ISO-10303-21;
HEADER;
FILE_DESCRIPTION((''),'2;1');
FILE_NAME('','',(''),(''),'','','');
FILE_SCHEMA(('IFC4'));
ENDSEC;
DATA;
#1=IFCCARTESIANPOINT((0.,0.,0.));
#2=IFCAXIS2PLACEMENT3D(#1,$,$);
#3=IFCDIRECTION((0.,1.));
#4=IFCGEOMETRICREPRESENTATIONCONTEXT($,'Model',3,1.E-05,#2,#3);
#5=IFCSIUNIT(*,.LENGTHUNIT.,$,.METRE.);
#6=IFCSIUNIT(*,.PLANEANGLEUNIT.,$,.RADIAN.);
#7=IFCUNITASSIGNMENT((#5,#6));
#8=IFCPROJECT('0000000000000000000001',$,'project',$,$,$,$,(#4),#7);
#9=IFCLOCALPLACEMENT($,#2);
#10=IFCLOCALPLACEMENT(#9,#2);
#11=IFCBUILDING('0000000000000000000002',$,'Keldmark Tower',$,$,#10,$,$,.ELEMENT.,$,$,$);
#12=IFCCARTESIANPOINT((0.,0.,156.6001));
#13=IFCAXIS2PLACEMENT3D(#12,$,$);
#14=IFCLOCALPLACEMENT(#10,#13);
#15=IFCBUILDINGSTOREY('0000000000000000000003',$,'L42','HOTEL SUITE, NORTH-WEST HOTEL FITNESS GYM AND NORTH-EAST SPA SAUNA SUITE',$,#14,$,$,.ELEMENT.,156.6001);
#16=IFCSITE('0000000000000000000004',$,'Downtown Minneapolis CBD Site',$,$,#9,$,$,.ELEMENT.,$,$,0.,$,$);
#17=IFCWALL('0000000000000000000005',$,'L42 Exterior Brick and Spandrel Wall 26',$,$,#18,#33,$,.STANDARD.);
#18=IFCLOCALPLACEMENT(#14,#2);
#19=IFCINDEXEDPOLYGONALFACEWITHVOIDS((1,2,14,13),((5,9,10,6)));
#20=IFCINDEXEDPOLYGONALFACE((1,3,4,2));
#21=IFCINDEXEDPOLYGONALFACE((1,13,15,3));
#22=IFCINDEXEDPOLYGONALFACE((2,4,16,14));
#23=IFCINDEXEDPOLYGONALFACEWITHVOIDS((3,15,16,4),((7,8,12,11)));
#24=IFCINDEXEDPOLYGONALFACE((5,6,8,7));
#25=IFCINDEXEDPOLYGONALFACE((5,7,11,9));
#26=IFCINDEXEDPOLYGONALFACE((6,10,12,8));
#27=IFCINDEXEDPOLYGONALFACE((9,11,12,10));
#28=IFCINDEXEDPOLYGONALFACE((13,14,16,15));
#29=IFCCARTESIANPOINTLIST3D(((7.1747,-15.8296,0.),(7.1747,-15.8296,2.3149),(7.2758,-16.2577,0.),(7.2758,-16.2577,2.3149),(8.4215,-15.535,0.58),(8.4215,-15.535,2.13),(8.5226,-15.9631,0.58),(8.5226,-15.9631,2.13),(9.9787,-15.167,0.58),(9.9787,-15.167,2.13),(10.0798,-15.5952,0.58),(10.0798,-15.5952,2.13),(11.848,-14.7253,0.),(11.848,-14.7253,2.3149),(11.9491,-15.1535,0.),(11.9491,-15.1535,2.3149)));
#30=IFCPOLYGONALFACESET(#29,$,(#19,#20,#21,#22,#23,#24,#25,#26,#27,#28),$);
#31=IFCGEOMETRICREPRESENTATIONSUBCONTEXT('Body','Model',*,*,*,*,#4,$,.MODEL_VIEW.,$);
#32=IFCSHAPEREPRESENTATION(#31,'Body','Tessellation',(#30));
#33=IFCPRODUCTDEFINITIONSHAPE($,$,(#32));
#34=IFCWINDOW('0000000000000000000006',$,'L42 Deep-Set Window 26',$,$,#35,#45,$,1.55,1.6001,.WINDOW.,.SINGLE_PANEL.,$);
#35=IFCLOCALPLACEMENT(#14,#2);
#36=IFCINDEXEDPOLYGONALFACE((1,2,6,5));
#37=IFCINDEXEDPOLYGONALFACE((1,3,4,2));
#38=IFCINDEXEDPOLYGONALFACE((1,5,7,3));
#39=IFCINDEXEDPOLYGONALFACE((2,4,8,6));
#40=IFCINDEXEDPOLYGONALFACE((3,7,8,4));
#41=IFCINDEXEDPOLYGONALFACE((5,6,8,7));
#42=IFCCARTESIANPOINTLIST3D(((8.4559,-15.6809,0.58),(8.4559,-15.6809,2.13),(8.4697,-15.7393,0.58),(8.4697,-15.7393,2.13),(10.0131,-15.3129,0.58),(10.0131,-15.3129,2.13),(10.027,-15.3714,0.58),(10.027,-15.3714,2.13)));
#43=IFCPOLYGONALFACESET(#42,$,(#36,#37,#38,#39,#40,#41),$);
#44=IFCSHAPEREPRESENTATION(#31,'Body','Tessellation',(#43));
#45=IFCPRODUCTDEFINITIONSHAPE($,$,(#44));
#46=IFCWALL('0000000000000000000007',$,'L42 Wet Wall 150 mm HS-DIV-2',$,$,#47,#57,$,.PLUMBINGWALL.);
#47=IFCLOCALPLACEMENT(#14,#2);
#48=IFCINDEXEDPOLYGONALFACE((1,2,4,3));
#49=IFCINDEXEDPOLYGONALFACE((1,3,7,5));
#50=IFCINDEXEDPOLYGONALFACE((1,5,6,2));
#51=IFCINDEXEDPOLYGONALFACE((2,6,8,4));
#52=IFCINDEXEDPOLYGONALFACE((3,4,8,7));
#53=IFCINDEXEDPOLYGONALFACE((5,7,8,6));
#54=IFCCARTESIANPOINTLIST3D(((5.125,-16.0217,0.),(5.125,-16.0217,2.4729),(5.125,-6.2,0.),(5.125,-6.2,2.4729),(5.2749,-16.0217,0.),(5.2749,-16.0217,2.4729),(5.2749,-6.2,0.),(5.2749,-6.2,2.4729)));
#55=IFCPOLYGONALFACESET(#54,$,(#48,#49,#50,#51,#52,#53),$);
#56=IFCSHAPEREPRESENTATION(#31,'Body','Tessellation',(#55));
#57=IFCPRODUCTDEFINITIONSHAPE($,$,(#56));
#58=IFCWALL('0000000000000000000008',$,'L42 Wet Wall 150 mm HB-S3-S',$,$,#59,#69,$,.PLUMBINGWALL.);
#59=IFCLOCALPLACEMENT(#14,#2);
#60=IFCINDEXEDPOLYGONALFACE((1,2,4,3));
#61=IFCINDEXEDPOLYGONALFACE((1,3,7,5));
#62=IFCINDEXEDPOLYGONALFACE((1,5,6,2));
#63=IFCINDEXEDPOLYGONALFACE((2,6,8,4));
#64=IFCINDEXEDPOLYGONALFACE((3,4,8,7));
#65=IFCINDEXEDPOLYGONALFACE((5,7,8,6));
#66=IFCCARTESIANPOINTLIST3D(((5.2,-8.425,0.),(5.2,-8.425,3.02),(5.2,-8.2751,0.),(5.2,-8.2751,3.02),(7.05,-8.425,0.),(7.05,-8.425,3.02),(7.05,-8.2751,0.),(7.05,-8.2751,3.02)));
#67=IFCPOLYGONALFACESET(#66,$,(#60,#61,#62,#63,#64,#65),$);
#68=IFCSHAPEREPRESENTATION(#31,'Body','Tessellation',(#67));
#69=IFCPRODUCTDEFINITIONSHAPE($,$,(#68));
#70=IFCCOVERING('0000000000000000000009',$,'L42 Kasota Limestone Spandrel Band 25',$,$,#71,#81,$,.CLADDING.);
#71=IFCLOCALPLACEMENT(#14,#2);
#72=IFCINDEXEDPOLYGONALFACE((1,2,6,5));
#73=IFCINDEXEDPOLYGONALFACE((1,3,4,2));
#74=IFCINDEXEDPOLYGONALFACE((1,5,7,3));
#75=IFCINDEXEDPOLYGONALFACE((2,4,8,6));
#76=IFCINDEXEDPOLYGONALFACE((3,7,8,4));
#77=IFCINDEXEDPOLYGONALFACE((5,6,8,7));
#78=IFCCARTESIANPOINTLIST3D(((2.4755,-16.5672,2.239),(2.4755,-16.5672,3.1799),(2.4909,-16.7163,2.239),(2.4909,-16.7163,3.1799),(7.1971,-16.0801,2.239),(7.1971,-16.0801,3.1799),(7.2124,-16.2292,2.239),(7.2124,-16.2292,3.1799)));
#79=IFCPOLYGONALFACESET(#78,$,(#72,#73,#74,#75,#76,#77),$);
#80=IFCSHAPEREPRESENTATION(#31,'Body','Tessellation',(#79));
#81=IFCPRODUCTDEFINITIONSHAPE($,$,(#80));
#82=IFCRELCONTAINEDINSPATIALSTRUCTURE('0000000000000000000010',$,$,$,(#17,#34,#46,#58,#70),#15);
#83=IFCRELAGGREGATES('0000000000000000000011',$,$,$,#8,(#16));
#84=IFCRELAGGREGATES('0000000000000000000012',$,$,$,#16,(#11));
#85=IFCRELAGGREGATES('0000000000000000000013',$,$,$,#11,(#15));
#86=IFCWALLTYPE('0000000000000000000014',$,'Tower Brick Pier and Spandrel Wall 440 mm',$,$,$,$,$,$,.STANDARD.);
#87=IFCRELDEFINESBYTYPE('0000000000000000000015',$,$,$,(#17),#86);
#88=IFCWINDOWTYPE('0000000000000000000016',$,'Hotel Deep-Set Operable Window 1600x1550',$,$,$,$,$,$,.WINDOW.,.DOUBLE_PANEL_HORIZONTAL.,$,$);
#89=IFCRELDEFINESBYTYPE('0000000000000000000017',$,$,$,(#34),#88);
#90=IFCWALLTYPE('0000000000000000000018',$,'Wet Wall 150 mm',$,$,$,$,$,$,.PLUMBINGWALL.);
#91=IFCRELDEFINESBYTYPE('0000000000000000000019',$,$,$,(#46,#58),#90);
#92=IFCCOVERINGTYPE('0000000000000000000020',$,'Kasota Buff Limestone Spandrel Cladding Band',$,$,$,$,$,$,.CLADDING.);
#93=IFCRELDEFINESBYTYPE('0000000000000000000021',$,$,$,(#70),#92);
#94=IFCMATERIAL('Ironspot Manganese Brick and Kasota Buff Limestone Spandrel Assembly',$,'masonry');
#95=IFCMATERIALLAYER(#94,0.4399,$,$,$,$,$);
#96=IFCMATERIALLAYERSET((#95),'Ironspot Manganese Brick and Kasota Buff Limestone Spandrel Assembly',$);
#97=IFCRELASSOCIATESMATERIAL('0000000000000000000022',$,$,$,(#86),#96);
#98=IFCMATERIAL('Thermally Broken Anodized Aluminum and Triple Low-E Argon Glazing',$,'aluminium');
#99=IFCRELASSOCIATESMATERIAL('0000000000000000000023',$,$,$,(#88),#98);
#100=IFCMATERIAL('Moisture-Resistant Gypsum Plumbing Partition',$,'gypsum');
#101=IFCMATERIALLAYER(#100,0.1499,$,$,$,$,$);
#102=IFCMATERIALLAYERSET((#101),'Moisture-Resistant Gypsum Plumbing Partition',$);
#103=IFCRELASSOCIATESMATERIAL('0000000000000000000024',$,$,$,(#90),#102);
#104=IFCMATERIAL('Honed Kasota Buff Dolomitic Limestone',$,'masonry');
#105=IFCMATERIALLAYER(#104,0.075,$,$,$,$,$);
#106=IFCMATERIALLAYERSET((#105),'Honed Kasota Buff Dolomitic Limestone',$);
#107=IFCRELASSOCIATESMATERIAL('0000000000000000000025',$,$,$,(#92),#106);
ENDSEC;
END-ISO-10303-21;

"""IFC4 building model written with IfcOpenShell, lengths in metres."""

from ifc_helpers import new_model, si_unit, direction, frame, frame_2d, origin, origin_2d, place, context, subcontext, project, spatial, rectangle, extrude, material, layer, layer_set, type_object, element, fill, save


model = new_model("IFC4")

# Units and contexts
model_context = context("Model", 3, precision=1e-05, world=origin(), true_north=direction((0.0, 1.0)))
body_context = subcontext(model_context, "Body", "Model", "MODEL_VIEW")
ifc_project = project(units=[si_unit("LENGTHUNIT", "METRE"), si_unit("PLANEANGLEUNIT", "RADIAN")], contexts=[model_context])

# Site, building, storey
site_placement = place(None, origin())
site = spatial("IfcSite", under=ifc_project, at=site_placement, Name="Downtown Minneapolis CBD Site", CompositionType="ELEMENT", RefElevation=0.0)
building_placement = place(site_placement, origin())
building = spatial("IfcBuilding", under=site, at=building_placement, Name="Keldmark Tower", CompositionType="ELEMENT")
storey_placement = place(building_placement, frame((0.0, 0.0, 156.6001)))
storey = spatial("IfcBuildingStorey", under=building, at=storey_placement, Name="L42", Description="HOTEL SUITE, NORTH-WEST HOTEL FITNESS GYM AND NORTH-EAST SPA SAUNA SUITE", CompositionType="ELEMENT", Elevation=156.6001)

# Wall, opening, window
ifc_material_1 = material(Name="Ironspot Manganese Brick and Kasota Buff Limestone Spandrel Assembly", Category="masonry")
ifc_layer_1 = layer(ifc_material_1, 0.4399)
ifc_layer_set_1 = layer_set([ifc_layer_1], Name="Ironspot Manganese Brick and Kasota Buff Limestone Spandrel Assembly")
wall_type_1 = type_object("IfcWallType", Name="Tower Brick Pier and Spandrel Wall 440 mm", PredefinedType="STANDARD", material=ifc_layer_set_1)
ifc_material_2 = material(Name="Thermally Broken Anodized Aluminum and Triple Low-E Argon Glazing", Category="aluminium")
window_type = type_object("IfcWindowType", Name="Hotel Deep-Set Operable Window 1600x1550", PartitioningType="DOUBLE_PANEL_HORIZONTAL", PredefinedType="WINDOW", material=ifc_material_2)
wall_1_placement = place(storey_placement, frame((11.8984, -14.9395, 0.0), z_axis=(0.0, 0.0, 1.0), x_axis=(-0.973201, -0.229955, 0.0)))
wall_1 = element("IfcWall", 1, at=wall_1_placement, inside=storey, type_object=wall_type_1, Name="L42 Exterior Brick and Spandrel Wall 26", PredefinedType="STANDARD", context=body_context, shape_type="SweptSolid", body=[
    extrude(rectangle(XDim=4.802, YDim=0.4399, at=frame_2d((2.4009, 0.0))), origin(), (0.0, 0.0, 1.0), 2.3149),
])
opening_1_placement = place(wall_1_placement, frame((1.9207, 0.0, 0.5801)))
opening_1 = element("IfcOpeningElement", 2, at=opening_1_placement, cuts=wall_1, PredefinedType="OPENING", context=body_context, shape_type="SweptSolid", body=[
    extrude(rectangle(XDim=1.6001, YDim=1.55, at=frame_2d((0.8, 0.7749))), frame((0.0, 0.23, 0.0), z_axis=(0.0, -1.0, 0.0), x_axis=(1.0, 0.0, 0.0)), (0.0, 0.0, 1.0), 0.46),
])
window_1_placement = place(opening_1_placement, origin())
window_1 = element("IfcWindow", 3, at=window_1_placement, inside=storey, type_object=window_type, Name="L42 Deep-Set Window 26", OverallHeight=1.55, OverallWidth=1.6001, PartitioningType="SINGLE_PANEL", PredefinedType="WINDOW", context=body_context, shape_type="SweptSolid", body=[
    extrude(rectangle(XDim=1.6001, YDim=1.55, at=frame_2d((0.8, 0.7749))), frame((0.0, -0.01, 0.0), z_axis=(0.0, -1.0, 0.0), x_axis=(1.0, 0.0, 0.0)), (0.0, 0.0, 1.0), 0.0601),
])
fill(opening_1, window_1)

# Walls
ifc_material_3 = material(Name="Moisture-Resistant Gypsum Plumbing Partition", Category="gypsum")
ifc_layer_2 = layer(ifc_material_3, 0.1499)
ifc_layer_set_2 = layer_set([ifc_layer_2], Name="Moisture-Resistant Gypsum Plumbing Partition")
wall_type_2 = type_object("IfcWallType", Name="Wet Wall 150 mm", PredefinedType="PLUMBINGWALL", material=ifc_layer_set_2)
wall_2_placement = place(storey_placement, frame((5.2, -16.0217, 0.0), z_axis=(0.0, 0.0, 1.0), x_axis=(0.0, 1.0, 0.0)))
element("IfcWall", 4, at=wall_2_placement, inside=storey, type_object=wall_type_2, Name="L42 Wet Wall 150 mm HS-DIV-2", PredefinedType="PLUMBINGWALL", context=body_context, shape_type="SweptSolid", body=[
    extrude(rectangle(XDim=9.8218, YDim=0.1499, at=frame_2d((4.9109, 0.0))), origin(), (0.0, 0.0, 1.0), 2.4729),
])
wall_3_placement = place(storey_placement, frame((5.2, -8.3501, 0.0), z_axis=(0.0, 0.0, 1.0), x_axis=(1.0, 0.0, 0.0)))
element("IfcWall", 5, at=wall_3_placement, inside=storey, type_object=wall_type_2, Name="L42 Wet Wall 150 mm HB-S3-S", PredefinedType="PLUMBINGWALL", context=body_context, shape_type="SweptSolid", body=[
    extrude(rectangle(XDim=1.8501, YDim=0.1499, at=frame_2d((0.925, 0.0))), origin(), (0.0, 0.0, 1.0), 3.02),
])

# Covering
ifc_material_4 = material(Name="Honed Kasota Buff Dolomitic Limestone", Category="masonry")
ifc_layer_3 = layer(ifc_material_4, 0.075)
ifc_layer_set_3 = layer_set([ifc_layer_3], Name="Honed Kasota Buff Dolomitic Limestone")
covering_type = type_object("IfcCoveringType", Name="Kasota Buff Limestone Spandrel Cladding Band", PredefinedType="CLADDING", material=ifc_layer_set_3)
covering_placement = place(storey_placement, frame((4.844, -16.3982, 2.239), z_axis=(0.0, 0.0, 1.0), x_axis=(0.994721, 0.102619, 0.0)))
element("IfcCovering", 6, at=covering_placement, inside=storey, type_object=covering_type, Name="L42 Kasota Limestone Spandrel Band 25", PredefinedType="CLADDING", context=body_context, shape_type="SweptSolid", body=[
    extrude(rectangle(XDim=4.7466, YDim=0.1499, at=origin_2d()), origin(), (0.0, 0.0, 1.0), 0.9409),
])

save(model, "model.ifc")
